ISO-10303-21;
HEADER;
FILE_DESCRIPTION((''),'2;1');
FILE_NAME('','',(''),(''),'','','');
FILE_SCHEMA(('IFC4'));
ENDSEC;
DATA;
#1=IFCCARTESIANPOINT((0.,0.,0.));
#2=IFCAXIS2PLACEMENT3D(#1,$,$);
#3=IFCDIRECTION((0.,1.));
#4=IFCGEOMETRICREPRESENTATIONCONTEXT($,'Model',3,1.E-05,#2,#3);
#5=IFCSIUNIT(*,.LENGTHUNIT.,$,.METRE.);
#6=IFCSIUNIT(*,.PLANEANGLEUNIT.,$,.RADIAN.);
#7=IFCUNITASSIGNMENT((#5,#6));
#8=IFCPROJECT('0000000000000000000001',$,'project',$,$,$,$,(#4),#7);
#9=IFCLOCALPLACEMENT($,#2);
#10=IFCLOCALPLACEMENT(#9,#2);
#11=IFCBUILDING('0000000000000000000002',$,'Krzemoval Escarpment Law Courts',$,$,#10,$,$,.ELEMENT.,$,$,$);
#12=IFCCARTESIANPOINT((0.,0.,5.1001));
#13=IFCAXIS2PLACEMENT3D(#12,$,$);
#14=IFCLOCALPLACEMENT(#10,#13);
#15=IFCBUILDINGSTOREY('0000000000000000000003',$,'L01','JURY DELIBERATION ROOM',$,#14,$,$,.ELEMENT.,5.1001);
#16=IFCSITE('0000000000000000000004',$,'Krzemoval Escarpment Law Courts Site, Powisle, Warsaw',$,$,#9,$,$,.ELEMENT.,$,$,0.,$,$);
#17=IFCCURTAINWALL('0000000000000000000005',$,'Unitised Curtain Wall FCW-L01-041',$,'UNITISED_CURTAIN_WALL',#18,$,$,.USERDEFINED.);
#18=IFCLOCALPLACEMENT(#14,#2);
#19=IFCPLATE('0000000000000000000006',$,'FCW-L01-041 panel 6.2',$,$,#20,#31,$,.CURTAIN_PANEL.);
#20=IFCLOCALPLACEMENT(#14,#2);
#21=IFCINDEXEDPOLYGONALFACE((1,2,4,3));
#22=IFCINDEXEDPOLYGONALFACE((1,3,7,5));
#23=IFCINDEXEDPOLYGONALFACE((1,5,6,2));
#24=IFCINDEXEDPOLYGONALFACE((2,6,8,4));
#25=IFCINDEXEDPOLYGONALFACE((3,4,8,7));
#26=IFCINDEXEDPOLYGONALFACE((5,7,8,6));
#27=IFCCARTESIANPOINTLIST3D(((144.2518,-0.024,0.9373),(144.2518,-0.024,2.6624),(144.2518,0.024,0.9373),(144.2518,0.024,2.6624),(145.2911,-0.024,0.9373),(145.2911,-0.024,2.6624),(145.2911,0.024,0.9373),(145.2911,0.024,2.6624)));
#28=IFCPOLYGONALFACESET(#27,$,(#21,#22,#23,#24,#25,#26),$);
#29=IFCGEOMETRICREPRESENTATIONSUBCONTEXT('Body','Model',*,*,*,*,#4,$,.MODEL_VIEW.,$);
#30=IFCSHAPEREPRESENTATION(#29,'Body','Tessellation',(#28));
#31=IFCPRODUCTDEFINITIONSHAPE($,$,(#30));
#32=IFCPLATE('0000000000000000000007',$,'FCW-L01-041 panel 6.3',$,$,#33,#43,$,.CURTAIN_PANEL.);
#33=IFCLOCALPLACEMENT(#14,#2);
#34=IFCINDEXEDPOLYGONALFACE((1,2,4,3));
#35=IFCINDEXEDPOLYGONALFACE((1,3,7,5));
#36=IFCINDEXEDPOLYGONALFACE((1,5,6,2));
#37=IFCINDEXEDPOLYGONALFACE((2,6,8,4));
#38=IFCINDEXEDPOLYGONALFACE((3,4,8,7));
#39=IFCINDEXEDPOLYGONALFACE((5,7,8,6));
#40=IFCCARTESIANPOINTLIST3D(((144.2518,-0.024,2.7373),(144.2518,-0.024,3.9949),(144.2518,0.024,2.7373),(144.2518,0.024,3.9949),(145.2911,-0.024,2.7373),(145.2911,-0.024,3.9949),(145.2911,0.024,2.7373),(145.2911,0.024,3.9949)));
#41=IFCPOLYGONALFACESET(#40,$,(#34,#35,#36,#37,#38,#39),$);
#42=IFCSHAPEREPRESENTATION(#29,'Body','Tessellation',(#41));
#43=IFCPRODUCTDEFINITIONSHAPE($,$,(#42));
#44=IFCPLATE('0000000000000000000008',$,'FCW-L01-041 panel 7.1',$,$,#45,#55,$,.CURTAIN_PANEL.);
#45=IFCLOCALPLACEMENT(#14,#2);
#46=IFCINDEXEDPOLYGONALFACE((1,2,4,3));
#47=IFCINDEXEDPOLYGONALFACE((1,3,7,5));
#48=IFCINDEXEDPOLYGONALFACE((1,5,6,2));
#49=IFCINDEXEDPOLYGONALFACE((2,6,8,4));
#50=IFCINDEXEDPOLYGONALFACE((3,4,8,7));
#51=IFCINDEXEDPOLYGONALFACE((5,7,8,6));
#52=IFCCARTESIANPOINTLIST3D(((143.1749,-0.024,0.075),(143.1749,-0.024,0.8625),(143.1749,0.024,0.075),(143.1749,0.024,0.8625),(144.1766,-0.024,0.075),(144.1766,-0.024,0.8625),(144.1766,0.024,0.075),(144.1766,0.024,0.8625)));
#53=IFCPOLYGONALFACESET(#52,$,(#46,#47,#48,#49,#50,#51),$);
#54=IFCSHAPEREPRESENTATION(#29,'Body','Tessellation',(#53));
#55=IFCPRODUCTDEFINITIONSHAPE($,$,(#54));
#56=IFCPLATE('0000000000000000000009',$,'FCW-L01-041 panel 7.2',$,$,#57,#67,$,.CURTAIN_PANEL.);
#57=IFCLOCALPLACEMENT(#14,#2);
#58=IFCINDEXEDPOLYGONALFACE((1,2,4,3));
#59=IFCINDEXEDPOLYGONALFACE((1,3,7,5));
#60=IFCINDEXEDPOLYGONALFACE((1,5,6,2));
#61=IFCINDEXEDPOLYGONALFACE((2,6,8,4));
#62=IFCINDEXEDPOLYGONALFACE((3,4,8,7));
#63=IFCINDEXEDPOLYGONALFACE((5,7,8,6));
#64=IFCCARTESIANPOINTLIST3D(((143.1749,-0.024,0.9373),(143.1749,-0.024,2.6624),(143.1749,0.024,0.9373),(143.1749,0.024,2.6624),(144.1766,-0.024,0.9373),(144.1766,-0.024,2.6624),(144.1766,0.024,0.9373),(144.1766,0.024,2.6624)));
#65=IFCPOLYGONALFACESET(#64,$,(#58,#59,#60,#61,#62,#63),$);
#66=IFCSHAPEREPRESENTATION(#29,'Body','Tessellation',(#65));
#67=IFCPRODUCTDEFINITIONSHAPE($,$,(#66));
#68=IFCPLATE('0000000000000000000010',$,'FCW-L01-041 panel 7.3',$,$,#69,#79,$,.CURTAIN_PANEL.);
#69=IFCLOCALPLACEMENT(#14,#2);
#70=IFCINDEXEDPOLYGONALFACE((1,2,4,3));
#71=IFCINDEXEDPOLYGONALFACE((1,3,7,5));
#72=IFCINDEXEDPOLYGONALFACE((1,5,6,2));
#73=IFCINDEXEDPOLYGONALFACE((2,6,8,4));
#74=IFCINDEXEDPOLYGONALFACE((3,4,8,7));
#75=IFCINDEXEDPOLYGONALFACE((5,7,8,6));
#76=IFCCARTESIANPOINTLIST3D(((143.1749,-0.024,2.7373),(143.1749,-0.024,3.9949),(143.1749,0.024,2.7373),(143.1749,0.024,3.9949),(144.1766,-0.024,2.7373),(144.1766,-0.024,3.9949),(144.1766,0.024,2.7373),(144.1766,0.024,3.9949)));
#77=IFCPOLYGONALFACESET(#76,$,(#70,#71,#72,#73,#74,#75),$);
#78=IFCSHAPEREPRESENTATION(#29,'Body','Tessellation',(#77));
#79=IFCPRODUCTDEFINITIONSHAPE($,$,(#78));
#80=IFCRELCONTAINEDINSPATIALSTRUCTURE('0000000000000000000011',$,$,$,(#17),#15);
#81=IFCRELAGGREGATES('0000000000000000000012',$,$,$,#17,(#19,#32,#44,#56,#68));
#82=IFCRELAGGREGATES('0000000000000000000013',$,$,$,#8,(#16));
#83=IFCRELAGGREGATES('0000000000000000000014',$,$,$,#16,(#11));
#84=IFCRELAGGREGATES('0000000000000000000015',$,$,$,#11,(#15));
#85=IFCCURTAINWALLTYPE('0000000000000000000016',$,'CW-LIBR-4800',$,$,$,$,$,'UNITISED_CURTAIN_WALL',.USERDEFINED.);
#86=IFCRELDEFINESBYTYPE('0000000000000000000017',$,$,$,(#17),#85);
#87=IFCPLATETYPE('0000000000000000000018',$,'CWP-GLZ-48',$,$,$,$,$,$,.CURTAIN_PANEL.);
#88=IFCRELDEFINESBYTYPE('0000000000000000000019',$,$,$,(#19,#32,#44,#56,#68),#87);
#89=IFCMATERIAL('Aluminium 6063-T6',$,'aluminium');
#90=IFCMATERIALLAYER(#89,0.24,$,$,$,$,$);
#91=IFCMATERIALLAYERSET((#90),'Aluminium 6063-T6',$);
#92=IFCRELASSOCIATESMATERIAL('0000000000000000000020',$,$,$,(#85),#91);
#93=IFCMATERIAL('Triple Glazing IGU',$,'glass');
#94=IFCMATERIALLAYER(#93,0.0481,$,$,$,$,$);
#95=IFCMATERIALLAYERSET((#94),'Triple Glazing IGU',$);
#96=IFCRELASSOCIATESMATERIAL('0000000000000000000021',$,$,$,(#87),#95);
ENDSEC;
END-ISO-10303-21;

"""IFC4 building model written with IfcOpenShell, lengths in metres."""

from ifc_helpers import new_model, si_unit, direction, frame, origin, origin_2d, place, context, subcontext, project, spatial, rectangle, extrude, material, layer, layer_set, type_object, element, aggregate, save


model = new_model("IFC4")

# Units and contexts
model_context = context("Model", 3, precision=1e-05, world=origin(), true_north=direction((0.0, 1.0)))
body_context = subcontext(model_context, "Body", "Model", "MODEL_VIEW")
ifc_project = project(units=[si_unit("LENGTHUNIT", "METRE"), si_unit("PLANEANGLEUNIT", "RADIAN")], contexts=[model_context])

# Site, building, storey
site_placement = place(None, origin())
site = spatial("IfcSite", under=ifc_project, at=site_placement, Name="Krzemoval Escarpment Law Courts Site, Powisle, Warsaw", CompositionType="ELEMENT", RefElevation=0.0)
building_placement = place(site_placement, origin())
building = spatial("IfcBuilding", under=site, at=building_placement, Name="Krzemoval Escarpment Law Courts", CompositionType="ELEMENT")
storey_placement = place(building_placement, frame((0.0, 0.0, 5.1001)))
storey = spatial("IfcBuildingStorey", under=building, at=storey_placement, Name="L01", Description="JURY DELIBERATION ROOM", CompositionType="ELEMENT", Elevation=5.1001)

# Curtain wall
ifc_material_1 = material(Name="Aluminium 6063-T6", Category="aluminium")
ifc_layer_1 = layer(ifc_material_1, 0.24)
ifc_layer_set_1 = layer_set([ifc_layer_1], Name="Aluminium 6063-T6")
curtain_wall_type = type_object("IfcCurtainWallType", Name="CW-LIBR-4800", ElementType="UNITISED_CURTAIN_WALL", PredefinedType="USERDEFINED", material=ifc_layer_set_1)
curtain_wall_1_placement = place(storey_placement, origin())
curtain_wall_1 = element("IfcCurtainWall", 1, at=curtain_wall_1_placement, inside=storey, type_object=curtain_wall_type, Name="Unitised Curtain Wall FCW-L01-041", ObjectType="UNITISED_CURTAIN_WALL", PredefinedType="USERDEFINED")

# Plates
ifc_material_2 = material(Name="Triple Glazing IGU", Category="glass")
ifc_layer_2 = layer(ifc_material_2, 0.0481)
ifc_layer_set_2 = layer_set([ifc_layer_2], Name="Triple Glazing IGU")
plate_type = type_object("IfcPlateType", Name="CWP-GLZ-48", PredefinedType="CURTAIN_PANEL", material=ifc_layer_set_2)
plate_1_placement = place(storey_placement, frame((144.7715, 0.0, 0.9373), z_axis=(0.0, 0.0, 1.0), x_axis=(-1.0, 0.0, 0.0)))
plate_1 = element("IfcPlate", 2, at=plate_1_placement, type_object=plate_type, Name="FCW-L01-041 panel 6.2", PredefinedType="CURTAIN_PANEL", context=body_context, shape_type="SweptSolid", body=[
    extrude(rectangle(XDim=1.0393, YDim=0.0481, at=origin_2d()), origin(), (0.0, 0.0, 1.0), 1.7251),
])
plate_2_placement = place(storey_placement, frame((144.7715, 0.0, 2.7373), z_axis=(0.0, 0.0, 1.0), x_axis=(-1.0, 0.0, 0.0)))
plate_2 = element("IfcPlate", 3, at=plate_2_placement, type_object=plate_type, Name="FCW-L01-041 panel 6.3", PredefinedType="CURTAIN_PANEL", context=body_context, shape_type="SweptSolid", body=[
    extrude(rectangle(XDim=1.0393, YDim=0.0481, at=origin_2d()), origin(), (0.0, 0.0, 1.0), 1.2576),
])
plate_3_placement = place(storey_placement, frame((143.6758, 0.0, 0.075), z_axis=(0.0, 0.0, 1.0), x_axis=(-1.0, 0.0, 0.0)))
plate_3 = element("IfcPlate", 4, at=plate_3_placement, type_object=plate_type, Name="FCW-L01-041 panel 7.1", PredefinedType="CURTAIN_PANEL", context=body_context, shape_type="SweptSolid", body=[
    extrude(rectangle(XDim=1.0017, YDim=0.0481, at=origin_2d()), origin(), (0.0, 0.0, 1.0), 0.7876),
])
plate_4_placement = place(storey_placement, frame((143.6758, 0.0, 0.9373), z_axis=(0.0, 0.0, 1.0), x_axis=(-1.0, 0.0, 0.0)))
plate_4 = element("IfcPlate", 5, at=plate_4_placement, type_object=plate_type, Name="FCW-L01-041 panel 7.2", PredefinedType="CURTAIN_PANEL", context=body_context, shape_type="SweptSolid", body=[
    extrude(rectangle(XDim=1.0017, YDim=0.0481, at=origin_2d()), origin(), (0.0, 0.0, 1.0), 1.7251),
])
plate_5_placement = place(storey_placement, frame((143.6758, 0.0, 2.7373), z_axis=(0.0, 0.0, 1.0), x_axis=(-1.0, 0.0, 0.0)))
plate_5 = element("IfcPlate", 6, at=plate_5_placement, type_object=plate_type, Name="FCW-L01-041 panel 7.3", PredefinedType="CURTAIN_PANEL", context=body_context, shape_type="SweptSolid", body=[
    extrude(rectangle(XDim=1.0017, YDim=0.0481, at=origin_2d()), origin(), (0.0, 0.0, 1.0), 1.2576),
])
aggregate(curtain_wall_1, [plate_1, plate_2, plate_3, plate_4, plate_5])

save(model, "model.ifc")
